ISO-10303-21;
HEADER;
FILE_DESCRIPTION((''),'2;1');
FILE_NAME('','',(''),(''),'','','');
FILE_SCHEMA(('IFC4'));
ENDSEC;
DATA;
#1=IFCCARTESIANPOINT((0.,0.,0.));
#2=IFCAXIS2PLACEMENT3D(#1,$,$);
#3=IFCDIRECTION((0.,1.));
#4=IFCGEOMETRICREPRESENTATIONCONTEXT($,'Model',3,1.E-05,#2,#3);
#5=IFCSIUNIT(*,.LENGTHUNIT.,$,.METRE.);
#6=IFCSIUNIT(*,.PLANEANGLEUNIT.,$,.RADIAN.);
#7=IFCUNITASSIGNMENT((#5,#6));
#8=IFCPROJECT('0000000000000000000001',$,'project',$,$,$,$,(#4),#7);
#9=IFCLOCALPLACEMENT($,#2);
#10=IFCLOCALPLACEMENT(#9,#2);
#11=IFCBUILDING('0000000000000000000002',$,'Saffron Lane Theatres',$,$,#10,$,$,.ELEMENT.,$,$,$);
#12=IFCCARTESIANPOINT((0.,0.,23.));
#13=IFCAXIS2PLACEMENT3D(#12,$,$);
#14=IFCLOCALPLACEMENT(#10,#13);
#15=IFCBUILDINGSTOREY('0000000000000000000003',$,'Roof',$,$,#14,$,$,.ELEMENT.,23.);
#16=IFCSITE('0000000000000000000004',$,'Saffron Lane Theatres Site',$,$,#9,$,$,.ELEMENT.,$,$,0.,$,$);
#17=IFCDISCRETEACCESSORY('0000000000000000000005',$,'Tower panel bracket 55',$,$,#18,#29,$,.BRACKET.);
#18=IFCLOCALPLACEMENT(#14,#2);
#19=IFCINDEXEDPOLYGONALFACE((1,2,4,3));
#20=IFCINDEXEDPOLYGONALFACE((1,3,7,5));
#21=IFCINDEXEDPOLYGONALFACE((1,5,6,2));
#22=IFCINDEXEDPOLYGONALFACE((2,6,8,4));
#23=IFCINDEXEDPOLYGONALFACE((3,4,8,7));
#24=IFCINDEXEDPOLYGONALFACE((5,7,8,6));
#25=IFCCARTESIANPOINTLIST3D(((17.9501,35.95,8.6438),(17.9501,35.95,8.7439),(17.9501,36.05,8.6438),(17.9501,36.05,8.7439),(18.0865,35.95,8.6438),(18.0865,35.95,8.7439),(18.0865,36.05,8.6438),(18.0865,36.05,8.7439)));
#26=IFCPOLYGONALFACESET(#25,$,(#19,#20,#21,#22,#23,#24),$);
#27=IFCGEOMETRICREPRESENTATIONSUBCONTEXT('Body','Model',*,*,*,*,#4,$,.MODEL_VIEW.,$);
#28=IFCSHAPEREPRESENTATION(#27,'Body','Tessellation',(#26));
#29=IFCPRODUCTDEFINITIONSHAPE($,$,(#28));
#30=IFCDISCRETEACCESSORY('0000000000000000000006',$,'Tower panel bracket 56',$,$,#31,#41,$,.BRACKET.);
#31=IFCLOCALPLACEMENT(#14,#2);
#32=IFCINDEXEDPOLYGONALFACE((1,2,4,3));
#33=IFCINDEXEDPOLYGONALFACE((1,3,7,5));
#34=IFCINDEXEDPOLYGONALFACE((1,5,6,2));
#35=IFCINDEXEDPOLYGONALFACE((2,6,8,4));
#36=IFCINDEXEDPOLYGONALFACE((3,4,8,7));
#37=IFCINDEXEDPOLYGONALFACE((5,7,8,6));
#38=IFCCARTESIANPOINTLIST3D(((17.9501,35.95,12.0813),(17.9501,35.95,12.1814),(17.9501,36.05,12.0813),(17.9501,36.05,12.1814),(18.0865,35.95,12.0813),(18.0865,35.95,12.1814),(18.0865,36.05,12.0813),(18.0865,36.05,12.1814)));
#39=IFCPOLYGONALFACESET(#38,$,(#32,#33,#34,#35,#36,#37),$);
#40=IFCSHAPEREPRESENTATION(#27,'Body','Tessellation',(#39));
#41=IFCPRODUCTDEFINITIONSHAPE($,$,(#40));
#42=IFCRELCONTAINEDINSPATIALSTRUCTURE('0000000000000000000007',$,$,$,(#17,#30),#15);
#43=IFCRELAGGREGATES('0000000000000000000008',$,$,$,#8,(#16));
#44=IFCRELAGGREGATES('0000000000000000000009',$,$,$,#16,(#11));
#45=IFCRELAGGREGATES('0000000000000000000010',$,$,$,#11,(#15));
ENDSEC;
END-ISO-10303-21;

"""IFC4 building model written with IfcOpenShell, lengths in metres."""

from ifc_helpers import new_model, si_unit, direction, frame, origin, origin_2d, place, context, subcontext, project, spatial, rectangle, extrude, element, save


model = new_model("IFC4")

# Units and contexts
model_context = context("Model", 3, precision=1e-05, world=origin(), true_north=direction((0.0, 1.0)))
body_context = subcontext(model_context, "Body", "Model", "MODEL_VIEW")
ifc_project = project(units=[si_unit("LENGTHUNIT", "METRE"), si_unit("PLANEANGLEUNIT", "RADIAN")], contexts=[model_context])

# Site, building, storey
site_placement = place(None, origin())
site = spatial("IfcSite", under=ifc_project, at=site_placement, Name="Saffron Lane Theatres Site", CompositionType="ELEMENT", RefElevation=0.0)
building_placement = place(site_placement, origin())
building = spatial("IfcBuilding", under=site, at=building_placement, Name="Saffron Lane Theatres", CompositionType="ELEMENT")
storey_placement = place(building_placement, frame((0.0, 0.0, 23.0)))
storey = spatial("IfcBuildingStorey", under=building, at=storey_placement, Name="Roof", CompositionType="ELEMENT", Elevation=23.0)

# Discrete accessories
for number, where, z_axis, x_axis, name in (
    (1, (18.0183, 36.0, 8.6438), (0.0, 0.0, 1.0), (0.0, 1.0, 0.0), "Tower panel bracket 55"),
    (2, (18.0183, 36.0, 12.0813), (0.0, 0.0, 1.0), (0.0, 1.0, 0.0), "Tower panel bracket 56"),
):
    element("IfcDiscreteAccessory", number, at=place(storey_placement, frame(where, z_axis=z_axis, x_axis=x_axis)), inside=storey, Name=name, PredefinedType="BRACKET", context=body_context, shape_type="SweptSolid", body=[
        extrude(rectangle(XDim=0.1001, YDim=0.1365, at=origin_2d()), origin(), (0.0, 0.0, 1.0), 0.1001),
    ])

save(model, "model.ifc")
